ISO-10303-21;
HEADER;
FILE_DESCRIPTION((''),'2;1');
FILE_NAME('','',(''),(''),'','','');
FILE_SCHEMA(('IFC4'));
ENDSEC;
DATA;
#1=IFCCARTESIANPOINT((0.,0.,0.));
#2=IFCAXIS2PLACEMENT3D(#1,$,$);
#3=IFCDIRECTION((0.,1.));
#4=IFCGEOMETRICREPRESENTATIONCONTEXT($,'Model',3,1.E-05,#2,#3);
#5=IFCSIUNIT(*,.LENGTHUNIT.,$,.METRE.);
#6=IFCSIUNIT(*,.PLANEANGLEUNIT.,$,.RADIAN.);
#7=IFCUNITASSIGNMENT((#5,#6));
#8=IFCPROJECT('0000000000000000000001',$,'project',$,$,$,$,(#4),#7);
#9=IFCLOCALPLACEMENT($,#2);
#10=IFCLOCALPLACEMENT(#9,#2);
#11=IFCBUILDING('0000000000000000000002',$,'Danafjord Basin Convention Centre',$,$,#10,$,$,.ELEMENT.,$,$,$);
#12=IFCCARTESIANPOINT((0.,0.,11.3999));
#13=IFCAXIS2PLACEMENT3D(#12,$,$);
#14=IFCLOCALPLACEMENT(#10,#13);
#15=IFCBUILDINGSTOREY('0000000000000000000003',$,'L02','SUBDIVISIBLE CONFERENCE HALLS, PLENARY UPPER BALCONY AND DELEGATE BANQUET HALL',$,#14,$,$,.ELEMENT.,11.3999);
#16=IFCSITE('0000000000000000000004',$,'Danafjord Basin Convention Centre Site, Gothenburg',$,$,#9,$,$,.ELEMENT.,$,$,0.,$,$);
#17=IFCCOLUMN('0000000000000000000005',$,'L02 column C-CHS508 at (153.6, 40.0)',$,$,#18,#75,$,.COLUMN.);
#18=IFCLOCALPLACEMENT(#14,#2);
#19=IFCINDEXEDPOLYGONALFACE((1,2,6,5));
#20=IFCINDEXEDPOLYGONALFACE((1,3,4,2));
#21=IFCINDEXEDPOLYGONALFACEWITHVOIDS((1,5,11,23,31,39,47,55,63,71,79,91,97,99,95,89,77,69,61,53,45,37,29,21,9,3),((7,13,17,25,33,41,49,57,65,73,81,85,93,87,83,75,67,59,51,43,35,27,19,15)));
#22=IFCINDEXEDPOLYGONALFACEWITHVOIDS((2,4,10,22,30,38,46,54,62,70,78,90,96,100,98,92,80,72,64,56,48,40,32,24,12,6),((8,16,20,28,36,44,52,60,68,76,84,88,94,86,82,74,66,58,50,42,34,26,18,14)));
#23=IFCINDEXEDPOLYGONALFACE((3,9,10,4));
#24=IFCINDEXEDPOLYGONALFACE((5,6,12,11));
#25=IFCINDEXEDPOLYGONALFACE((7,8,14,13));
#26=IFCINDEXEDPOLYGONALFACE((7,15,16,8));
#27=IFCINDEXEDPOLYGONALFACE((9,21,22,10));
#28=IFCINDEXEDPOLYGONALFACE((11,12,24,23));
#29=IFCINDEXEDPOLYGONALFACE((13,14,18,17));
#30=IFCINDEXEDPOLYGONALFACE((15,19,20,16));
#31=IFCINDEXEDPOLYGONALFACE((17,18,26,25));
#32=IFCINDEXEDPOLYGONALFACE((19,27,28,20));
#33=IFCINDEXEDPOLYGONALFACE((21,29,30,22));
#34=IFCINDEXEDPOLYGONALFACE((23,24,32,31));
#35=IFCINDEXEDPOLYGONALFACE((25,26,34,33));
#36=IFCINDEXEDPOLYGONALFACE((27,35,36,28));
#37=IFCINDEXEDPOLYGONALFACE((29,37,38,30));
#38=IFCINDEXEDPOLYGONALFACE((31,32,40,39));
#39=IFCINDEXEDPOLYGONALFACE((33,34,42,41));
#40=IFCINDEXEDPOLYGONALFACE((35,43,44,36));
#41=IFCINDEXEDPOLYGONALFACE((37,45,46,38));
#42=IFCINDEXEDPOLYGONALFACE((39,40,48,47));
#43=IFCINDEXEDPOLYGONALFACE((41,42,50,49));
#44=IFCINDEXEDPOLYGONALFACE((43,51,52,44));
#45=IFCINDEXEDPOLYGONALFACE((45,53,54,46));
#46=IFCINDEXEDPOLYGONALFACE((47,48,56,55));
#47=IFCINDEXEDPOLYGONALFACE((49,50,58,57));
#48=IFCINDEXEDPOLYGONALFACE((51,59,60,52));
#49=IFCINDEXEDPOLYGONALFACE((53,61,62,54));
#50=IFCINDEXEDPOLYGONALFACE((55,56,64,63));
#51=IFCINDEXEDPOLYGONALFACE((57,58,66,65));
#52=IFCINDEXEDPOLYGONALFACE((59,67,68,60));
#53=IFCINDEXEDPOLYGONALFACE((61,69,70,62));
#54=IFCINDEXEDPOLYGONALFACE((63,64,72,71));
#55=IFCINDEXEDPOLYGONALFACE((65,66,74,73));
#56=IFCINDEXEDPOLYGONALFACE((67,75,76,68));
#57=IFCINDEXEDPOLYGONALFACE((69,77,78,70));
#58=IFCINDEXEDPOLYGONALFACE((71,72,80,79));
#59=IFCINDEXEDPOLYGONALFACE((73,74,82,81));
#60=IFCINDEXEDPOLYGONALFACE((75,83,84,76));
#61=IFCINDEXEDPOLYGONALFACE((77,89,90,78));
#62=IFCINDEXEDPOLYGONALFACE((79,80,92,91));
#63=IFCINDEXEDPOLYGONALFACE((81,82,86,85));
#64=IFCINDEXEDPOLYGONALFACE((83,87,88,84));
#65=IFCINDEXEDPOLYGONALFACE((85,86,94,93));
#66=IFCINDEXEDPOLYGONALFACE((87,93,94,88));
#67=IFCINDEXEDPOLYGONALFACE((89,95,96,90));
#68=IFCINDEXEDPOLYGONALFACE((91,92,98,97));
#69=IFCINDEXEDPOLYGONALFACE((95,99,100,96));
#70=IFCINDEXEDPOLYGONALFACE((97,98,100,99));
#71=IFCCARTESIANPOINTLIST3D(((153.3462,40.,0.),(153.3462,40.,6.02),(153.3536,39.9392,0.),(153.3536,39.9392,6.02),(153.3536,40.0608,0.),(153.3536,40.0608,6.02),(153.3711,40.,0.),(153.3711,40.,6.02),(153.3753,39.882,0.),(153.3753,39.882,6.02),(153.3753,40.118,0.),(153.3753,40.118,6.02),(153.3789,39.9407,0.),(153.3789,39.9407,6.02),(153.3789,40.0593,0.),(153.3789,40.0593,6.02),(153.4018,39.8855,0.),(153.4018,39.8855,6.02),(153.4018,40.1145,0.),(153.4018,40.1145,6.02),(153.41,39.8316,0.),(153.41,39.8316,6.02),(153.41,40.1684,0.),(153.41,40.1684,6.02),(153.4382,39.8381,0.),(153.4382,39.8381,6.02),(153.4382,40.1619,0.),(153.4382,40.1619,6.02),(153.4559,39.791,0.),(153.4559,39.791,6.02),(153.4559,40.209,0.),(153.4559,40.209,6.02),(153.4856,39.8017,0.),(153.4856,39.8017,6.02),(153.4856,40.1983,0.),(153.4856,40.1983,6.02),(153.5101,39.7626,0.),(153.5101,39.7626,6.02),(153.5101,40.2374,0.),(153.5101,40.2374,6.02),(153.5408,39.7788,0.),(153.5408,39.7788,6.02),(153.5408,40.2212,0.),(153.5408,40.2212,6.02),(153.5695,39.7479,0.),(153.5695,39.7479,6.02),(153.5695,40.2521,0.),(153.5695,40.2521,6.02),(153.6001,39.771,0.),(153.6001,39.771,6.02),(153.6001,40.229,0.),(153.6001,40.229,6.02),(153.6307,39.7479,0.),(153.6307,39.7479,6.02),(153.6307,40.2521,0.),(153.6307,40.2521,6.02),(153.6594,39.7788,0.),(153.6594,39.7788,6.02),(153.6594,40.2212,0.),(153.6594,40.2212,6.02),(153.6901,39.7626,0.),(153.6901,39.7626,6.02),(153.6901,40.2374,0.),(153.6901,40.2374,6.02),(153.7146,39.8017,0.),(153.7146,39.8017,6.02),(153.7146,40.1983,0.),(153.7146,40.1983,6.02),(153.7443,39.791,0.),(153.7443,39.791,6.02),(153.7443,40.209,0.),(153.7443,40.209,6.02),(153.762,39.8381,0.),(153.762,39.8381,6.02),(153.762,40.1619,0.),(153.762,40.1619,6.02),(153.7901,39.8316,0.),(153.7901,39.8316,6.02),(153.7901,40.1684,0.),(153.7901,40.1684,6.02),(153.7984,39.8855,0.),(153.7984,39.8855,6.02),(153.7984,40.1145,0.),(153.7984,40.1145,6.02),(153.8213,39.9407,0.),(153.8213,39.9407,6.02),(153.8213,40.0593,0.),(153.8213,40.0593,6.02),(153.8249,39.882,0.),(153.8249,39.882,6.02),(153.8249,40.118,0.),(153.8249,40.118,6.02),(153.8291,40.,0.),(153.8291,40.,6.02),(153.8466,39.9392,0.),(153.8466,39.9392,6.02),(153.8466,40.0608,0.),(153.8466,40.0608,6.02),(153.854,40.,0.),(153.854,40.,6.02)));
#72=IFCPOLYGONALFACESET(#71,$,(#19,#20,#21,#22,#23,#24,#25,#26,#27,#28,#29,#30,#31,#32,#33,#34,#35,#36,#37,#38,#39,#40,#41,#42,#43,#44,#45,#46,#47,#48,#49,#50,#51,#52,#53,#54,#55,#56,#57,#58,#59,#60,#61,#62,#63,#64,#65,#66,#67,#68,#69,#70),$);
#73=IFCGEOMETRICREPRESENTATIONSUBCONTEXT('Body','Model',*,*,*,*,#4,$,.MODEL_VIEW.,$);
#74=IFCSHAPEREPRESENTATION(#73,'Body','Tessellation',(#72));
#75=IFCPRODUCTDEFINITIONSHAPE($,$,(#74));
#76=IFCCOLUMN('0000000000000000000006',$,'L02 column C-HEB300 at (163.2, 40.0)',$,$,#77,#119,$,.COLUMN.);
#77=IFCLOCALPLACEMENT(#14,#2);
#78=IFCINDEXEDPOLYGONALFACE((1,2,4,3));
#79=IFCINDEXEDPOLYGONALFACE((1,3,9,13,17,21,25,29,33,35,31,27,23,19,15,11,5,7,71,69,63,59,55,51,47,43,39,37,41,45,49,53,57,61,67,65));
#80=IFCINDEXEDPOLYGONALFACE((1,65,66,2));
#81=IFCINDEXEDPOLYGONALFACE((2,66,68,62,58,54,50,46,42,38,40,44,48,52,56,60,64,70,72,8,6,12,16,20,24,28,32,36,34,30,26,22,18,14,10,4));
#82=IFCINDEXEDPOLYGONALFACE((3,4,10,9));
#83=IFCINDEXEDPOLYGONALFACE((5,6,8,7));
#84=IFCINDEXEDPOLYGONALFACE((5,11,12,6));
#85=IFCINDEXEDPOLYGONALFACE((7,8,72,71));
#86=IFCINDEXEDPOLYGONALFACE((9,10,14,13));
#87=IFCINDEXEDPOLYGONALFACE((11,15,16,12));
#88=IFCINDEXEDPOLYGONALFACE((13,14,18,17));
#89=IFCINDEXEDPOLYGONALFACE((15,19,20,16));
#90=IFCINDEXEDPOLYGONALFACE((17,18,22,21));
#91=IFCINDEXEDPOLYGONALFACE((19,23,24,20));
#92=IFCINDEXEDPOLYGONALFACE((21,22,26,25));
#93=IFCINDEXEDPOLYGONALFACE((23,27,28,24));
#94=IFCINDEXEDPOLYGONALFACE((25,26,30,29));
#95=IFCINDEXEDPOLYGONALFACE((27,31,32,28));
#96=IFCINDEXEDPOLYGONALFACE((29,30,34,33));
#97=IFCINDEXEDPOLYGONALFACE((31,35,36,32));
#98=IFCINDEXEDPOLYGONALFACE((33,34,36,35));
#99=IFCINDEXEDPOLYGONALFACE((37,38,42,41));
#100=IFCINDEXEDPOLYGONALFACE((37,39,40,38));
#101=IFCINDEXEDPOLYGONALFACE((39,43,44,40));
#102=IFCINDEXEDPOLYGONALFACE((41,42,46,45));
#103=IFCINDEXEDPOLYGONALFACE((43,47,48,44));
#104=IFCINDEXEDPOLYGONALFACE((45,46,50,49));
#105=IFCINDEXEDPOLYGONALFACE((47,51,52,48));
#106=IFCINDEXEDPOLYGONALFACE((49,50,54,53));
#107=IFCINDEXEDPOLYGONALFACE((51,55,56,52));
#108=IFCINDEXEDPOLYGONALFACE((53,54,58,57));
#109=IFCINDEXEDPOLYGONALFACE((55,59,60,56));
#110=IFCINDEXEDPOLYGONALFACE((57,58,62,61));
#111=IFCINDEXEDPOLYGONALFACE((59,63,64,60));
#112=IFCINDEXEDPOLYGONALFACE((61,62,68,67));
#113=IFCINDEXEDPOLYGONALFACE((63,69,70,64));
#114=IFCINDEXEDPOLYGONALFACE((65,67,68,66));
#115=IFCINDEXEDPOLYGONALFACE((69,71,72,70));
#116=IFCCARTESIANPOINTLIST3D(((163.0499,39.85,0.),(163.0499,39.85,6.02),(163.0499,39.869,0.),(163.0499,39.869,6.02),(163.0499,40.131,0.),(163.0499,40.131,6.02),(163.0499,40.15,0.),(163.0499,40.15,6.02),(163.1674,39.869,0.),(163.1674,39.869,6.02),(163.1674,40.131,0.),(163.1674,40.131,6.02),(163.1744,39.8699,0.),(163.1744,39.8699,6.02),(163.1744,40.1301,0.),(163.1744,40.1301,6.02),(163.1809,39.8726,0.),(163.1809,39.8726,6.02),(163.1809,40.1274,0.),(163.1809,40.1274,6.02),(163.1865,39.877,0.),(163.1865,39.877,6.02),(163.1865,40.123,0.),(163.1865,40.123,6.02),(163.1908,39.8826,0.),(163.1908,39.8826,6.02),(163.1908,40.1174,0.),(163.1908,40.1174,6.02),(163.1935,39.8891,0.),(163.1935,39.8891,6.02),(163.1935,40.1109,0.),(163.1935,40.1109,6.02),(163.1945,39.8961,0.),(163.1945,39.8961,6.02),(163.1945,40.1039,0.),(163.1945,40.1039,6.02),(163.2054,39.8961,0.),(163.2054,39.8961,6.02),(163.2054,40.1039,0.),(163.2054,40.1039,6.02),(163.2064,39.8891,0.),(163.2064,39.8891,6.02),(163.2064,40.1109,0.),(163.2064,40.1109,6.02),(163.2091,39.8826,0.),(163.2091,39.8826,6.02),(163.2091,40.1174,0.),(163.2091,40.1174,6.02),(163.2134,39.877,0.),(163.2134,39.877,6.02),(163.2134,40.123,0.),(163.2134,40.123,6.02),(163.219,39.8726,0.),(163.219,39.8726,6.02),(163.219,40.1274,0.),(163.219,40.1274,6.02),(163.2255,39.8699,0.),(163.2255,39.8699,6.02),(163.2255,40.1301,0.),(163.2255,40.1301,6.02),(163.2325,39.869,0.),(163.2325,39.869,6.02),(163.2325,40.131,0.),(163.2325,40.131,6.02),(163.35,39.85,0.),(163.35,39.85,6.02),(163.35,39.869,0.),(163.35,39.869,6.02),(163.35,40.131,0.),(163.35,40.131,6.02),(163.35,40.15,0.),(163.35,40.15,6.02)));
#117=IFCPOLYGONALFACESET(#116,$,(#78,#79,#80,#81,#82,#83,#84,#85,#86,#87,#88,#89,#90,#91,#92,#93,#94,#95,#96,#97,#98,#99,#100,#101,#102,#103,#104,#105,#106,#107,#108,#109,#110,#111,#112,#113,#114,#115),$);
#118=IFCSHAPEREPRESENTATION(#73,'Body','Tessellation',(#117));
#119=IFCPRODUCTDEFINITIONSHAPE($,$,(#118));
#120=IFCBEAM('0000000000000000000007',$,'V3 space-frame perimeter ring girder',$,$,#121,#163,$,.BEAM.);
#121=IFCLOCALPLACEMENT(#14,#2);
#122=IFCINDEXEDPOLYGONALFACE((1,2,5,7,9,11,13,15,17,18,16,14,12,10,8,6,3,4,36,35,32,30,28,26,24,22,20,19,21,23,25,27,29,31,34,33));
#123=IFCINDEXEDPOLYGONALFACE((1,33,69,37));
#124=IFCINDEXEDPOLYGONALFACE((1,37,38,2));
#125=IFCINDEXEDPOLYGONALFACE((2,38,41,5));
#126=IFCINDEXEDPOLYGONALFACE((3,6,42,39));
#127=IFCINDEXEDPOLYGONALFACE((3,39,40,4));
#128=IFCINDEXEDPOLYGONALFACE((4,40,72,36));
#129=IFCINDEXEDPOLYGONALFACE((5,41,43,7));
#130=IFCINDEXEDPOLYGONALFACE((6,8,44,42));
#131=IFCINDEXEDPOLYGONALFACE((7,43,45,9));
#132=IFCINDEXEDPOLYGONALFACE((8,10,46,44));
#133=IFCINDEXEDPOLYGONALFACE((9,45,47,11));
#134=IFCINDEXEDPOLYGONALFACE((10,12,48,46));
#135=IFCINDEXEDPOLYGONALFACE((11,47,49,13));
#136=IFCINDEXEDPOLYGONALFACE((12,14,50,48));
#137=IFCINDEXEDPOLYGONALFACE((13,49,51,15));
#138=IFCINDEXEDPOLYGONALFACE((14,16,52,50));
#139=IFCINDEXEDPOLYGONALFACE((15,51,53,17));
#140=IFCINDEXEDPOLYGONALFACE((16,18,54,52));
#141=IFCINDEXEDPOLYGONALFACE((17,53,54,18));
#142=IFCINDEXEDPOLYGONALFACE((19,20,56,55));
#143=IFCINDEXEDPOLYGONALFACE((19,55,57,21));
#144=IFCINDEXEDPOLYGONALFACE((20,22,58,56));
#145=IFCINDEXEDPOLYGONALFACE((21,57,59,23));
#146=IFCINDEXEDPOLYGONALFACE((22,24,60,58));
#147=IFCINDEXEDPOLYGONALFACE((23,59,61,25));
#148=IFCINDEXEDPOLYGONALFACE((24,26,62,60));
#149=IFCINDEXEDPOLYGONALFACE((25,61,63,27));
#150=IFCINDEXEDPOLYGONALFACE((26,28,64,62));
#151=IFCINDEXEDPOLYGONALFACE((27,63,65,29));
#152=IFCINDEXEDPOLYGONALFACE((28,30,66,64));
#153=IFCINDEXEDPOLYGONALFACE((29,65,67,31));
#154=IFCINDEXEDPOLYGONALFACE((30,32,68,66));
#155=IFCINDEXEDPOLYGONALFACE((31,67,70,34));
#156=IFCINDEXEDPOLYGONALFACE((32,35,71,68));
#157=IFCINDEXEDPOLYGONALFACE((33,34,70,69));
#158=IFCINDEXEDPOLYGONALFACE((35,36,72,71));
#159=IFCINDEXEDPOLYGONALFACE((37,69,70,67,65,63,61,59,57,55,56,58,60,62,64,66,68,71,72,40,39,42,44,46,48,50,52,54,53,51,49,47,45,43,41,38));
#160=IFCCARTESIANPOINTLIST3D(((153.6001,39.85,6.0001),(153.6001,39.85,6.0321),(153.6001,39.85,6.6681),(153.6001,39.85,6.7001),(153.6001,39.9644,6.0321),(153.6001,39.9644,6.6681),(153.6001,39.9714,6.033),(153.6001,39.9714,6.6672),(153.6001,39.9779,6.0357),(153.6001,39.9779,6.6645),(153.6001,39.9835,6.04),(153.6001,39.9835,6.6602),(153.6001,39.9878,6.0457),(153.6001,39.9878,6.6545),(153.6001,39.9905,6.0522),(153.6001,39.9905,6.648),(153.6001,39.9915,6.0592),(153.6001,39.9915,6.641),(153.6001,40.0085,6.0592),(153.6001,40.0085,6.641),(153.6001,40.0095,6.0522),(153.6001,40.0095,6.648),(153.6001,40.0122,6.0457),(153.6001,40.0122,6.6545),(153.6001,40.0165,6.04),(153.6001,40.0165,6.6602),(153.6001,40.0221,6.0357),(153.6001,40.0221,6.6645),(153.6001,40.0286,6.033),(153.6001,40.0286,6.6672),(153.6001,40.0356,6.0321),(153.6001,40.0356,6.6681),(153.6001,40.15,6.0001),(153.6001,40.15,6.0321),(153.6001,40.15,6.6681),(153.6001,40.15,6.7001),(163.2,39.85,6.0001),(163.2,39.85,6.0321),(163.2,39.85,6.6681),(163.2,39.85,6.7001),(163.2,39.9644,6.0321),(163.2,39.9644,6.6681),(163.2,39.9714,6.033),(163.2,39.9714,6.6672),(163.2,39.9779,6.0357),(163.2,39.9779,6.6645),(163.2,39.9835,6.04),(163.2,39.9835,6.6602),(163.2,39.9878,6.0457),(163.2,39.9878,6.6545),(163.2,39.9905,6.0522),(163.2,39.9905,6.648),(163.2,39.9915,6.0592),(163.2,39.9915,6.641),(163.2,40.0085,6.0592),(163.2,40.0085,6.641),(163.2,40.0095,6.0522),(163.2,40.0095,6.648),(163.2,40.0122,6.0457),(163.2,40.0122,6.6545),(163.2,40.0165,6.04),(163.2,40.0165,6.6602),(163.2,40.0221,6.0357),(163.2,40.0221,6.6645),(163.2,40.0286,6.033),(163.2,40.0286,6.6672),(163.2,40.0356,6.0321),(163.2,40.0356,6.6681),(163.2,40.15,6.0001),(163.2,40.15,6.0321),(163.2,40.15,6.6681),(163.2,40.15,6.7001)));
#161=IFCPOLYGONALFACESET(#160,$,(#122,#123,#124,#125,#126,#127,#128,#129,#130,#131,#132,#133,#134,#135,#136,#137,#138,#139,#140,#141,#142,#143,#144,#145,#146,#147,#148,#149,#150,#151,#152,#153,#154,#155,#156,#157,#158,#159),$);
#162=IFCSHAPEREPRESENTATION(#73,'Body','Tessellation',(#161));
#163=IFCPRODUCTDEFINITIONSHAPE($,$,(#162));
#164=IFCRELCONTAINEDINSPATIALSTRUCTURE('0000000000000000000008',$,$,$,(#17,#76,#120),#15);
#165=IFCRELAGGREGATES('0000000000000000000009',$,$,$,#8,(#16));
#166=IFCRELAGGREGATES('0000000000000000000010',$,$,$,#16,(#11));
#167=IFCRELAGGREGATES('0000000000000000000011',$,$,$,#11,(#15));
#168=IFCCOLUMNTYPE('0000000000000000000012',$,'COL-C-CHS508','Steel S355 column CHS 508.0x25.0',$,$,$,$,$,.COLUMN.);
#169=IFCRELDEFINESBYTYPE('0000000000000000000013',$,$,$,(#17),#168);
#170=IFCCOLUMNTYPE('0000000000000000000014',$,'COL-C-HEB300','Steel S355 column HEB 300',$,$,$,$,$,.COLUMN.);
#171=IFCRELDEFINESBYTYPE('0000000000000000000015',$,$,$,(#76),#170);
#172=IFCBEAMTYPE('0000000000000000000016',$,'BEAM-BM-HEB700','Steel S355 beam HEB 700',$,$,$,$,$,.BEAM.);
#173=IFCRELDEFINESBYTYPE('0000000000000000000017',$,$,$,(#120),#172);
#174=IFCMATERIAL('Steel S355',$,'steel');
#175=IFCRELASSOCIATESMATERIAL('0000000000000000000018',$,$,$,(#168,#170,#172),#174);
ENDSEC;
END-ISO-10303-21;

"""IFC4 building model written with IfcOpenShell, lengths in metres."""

from ifc_helpers import new_model, si_unit, direction, frame, origin, origin_2d, place, context, subcontext, project, spatial, hollow_circle, i_section, extrude, material, material_profile, profile_set, type_object, element, save


model = new_model("IFC4")

# Units and contexts
model_context = context("Model", 3, precision=1e-05, world=origin(), true_north=direction((0.0, 1.0)))
body_context = subcontext(model_context, "Body", "Model", "MODEL_VIEW")
ifc_project = project(units=[si_unit("LENGTHUNIT", "METRE"), si_unit("PLANEANGLEUNIT", "RADIAN")], contexts=[model_context])

# Site, building, storey
site_placement = place(None, origin())
site = spatial("IfcSite", under=ifc_project, at=site_placement, Name="Danafjord Basin Convention Centre Site, Gothenburg", CompositionType="ELEMENT", RefElevation=0.0)
building_placement = place(site_placement, origin())
building = spatial("IfcBuilding", under=site, at=building_placement, Name="Danafjord Basin Convention Centre", CompositionType="ELEMENT")
storey_placement = place(building_placement, frame((0.0, 0.0, 11.3999)))
storey = spatial("IfcBuildingStorey", under=building, at=storey_placement, Name="L02", Description="SUBDIVISIBLE CONFERENCE HALLS, PLENARY UPPER BALCONY AND DELEGATE BANQUET HALL", CompositionType="ELEMENT", Elevation=11.3999)

# Columns
ifc_material_1 = material(Name="Steel S355", Category="steel")
ifc_material_profile_1 = material_profile(ifc_material_1, hollow_circle(Radius=0.2539, WallThickness=0.0249, at=origin_2d()), Name="CHS 508.0x25.0")
ifc_profile_set_1 = profile_set([ifc_material_profile_1], Name="Steel S355")
column_type_1 = type_object("IfcColumnType", Name="COL-C-CHS508", Description="Steel S355 column CHS 508.0x25.0", PredefinedType="COLUMN", material=ifc_profile_set_1)
column_1_placement = place(storey_placement, frame((153.6001, 40.0, 0.0), z_axis=(0.0, 0.0, 1.0), x_axis=(1.0, 0.0, 0.0)))
element("IfcColumn", 1, at=column_1_placement, inside=storey, type_object=column_type_1, Name="L02 column C-CHS508 at (153.6, 40.0)", PredefinedType="COLUMN", context=body_context, shape_type="SweptSolid", body=[
    extrude(hollow_circle(Radius=0.2539, WallThickness=0.0249, at=origin_2d()), origin(), (0.0, 0.0, 1.0), 6.02),
])
ifc_material_profile_2 = material_profile(ifc_material_1, i_section(OverallWidth=0.3, OverallDepth=0.3, WebThickness=0.011, FlangeThickness=0.019, FilletRadius=0.0271, at=origin_2d()), Name="HEB 300")
ifc_profile_set_2 = profile_set([ifc_material_profile_2], Name="Steel S355")
column_type_2 = type_object("IfcColumnType", Name="COL-C-HEB300", Description="Steel S355 column HEB 300", PredefinedType="COLUMN", material=ifc_profile_set_2)
column_2_placement = place(storey_placement, frame((163.2, 40.0, 0.0), z_axis=(0.0, 0.0, 1.0), x_axis=(1.0, 0.0, 0.0)))
element("IfcColumn", 2, at=column_2_placement, inside=storey, type_object=column_type_2, Name="L02 column C-HEB300 at (163.2, 40.0)", PredefinedType="COLUMN", context=body_context, shape_type="SweptSolid", body=[
    extrude(i_section(OverallWidth=0.3, OverallDepth=0.3, WebThickness=0.011, FlangeThickness=0.019, FilletRadius=0.0271, at=origin_2d()), origin(), (0.0, 0.0, 1.0), 6.02),
])

# Beam
ifc_material_profile_3 = material_profile(ifc_material_1, i_section(OverallWidth=0.3, OverallDepth=0.7, WebThickness=0.0171, FlangeThickness=0.032, FilletRadius=0.0271, at=origin_2d()), Name="HEB 700")
ifc_profile_set_3 = profile_set([ifc_material_profile_3], Name="Steel S355")
beam_type_1 = type_object("IfcBeamType", Name="BEAM-BM-HEB700", Description="Steel S355 beam HEB 700", PredefinedType="BEAM", material=ifc_profile_set_3)
beam_1_placement = place(storey_placement, frame((153.6001, 40.0, 6.3501), z_axis=(1.0, 0.0, 0.0), x_axis=(0.0, 1.0, 0.0)))
element("IfcBeam", 3, at=beam_1_placement, inside=storey, type_object=beam_type_1, Name="V3 space-frame perimeter ring girder", PredefinedType="BEAM", context=body_context, shape_type="SweptSolid", body=[
    extrude(i_section(OverallWidth=0.3, OverallDepth=0.7, WebThickness=0.0171, FlangeThickness=0.032, FilletRadius=0.0271, at=origin_2d()), origin(), (0.0, 0.0, 1.0), 9.5999),
])

save(model, "model.ifc")
